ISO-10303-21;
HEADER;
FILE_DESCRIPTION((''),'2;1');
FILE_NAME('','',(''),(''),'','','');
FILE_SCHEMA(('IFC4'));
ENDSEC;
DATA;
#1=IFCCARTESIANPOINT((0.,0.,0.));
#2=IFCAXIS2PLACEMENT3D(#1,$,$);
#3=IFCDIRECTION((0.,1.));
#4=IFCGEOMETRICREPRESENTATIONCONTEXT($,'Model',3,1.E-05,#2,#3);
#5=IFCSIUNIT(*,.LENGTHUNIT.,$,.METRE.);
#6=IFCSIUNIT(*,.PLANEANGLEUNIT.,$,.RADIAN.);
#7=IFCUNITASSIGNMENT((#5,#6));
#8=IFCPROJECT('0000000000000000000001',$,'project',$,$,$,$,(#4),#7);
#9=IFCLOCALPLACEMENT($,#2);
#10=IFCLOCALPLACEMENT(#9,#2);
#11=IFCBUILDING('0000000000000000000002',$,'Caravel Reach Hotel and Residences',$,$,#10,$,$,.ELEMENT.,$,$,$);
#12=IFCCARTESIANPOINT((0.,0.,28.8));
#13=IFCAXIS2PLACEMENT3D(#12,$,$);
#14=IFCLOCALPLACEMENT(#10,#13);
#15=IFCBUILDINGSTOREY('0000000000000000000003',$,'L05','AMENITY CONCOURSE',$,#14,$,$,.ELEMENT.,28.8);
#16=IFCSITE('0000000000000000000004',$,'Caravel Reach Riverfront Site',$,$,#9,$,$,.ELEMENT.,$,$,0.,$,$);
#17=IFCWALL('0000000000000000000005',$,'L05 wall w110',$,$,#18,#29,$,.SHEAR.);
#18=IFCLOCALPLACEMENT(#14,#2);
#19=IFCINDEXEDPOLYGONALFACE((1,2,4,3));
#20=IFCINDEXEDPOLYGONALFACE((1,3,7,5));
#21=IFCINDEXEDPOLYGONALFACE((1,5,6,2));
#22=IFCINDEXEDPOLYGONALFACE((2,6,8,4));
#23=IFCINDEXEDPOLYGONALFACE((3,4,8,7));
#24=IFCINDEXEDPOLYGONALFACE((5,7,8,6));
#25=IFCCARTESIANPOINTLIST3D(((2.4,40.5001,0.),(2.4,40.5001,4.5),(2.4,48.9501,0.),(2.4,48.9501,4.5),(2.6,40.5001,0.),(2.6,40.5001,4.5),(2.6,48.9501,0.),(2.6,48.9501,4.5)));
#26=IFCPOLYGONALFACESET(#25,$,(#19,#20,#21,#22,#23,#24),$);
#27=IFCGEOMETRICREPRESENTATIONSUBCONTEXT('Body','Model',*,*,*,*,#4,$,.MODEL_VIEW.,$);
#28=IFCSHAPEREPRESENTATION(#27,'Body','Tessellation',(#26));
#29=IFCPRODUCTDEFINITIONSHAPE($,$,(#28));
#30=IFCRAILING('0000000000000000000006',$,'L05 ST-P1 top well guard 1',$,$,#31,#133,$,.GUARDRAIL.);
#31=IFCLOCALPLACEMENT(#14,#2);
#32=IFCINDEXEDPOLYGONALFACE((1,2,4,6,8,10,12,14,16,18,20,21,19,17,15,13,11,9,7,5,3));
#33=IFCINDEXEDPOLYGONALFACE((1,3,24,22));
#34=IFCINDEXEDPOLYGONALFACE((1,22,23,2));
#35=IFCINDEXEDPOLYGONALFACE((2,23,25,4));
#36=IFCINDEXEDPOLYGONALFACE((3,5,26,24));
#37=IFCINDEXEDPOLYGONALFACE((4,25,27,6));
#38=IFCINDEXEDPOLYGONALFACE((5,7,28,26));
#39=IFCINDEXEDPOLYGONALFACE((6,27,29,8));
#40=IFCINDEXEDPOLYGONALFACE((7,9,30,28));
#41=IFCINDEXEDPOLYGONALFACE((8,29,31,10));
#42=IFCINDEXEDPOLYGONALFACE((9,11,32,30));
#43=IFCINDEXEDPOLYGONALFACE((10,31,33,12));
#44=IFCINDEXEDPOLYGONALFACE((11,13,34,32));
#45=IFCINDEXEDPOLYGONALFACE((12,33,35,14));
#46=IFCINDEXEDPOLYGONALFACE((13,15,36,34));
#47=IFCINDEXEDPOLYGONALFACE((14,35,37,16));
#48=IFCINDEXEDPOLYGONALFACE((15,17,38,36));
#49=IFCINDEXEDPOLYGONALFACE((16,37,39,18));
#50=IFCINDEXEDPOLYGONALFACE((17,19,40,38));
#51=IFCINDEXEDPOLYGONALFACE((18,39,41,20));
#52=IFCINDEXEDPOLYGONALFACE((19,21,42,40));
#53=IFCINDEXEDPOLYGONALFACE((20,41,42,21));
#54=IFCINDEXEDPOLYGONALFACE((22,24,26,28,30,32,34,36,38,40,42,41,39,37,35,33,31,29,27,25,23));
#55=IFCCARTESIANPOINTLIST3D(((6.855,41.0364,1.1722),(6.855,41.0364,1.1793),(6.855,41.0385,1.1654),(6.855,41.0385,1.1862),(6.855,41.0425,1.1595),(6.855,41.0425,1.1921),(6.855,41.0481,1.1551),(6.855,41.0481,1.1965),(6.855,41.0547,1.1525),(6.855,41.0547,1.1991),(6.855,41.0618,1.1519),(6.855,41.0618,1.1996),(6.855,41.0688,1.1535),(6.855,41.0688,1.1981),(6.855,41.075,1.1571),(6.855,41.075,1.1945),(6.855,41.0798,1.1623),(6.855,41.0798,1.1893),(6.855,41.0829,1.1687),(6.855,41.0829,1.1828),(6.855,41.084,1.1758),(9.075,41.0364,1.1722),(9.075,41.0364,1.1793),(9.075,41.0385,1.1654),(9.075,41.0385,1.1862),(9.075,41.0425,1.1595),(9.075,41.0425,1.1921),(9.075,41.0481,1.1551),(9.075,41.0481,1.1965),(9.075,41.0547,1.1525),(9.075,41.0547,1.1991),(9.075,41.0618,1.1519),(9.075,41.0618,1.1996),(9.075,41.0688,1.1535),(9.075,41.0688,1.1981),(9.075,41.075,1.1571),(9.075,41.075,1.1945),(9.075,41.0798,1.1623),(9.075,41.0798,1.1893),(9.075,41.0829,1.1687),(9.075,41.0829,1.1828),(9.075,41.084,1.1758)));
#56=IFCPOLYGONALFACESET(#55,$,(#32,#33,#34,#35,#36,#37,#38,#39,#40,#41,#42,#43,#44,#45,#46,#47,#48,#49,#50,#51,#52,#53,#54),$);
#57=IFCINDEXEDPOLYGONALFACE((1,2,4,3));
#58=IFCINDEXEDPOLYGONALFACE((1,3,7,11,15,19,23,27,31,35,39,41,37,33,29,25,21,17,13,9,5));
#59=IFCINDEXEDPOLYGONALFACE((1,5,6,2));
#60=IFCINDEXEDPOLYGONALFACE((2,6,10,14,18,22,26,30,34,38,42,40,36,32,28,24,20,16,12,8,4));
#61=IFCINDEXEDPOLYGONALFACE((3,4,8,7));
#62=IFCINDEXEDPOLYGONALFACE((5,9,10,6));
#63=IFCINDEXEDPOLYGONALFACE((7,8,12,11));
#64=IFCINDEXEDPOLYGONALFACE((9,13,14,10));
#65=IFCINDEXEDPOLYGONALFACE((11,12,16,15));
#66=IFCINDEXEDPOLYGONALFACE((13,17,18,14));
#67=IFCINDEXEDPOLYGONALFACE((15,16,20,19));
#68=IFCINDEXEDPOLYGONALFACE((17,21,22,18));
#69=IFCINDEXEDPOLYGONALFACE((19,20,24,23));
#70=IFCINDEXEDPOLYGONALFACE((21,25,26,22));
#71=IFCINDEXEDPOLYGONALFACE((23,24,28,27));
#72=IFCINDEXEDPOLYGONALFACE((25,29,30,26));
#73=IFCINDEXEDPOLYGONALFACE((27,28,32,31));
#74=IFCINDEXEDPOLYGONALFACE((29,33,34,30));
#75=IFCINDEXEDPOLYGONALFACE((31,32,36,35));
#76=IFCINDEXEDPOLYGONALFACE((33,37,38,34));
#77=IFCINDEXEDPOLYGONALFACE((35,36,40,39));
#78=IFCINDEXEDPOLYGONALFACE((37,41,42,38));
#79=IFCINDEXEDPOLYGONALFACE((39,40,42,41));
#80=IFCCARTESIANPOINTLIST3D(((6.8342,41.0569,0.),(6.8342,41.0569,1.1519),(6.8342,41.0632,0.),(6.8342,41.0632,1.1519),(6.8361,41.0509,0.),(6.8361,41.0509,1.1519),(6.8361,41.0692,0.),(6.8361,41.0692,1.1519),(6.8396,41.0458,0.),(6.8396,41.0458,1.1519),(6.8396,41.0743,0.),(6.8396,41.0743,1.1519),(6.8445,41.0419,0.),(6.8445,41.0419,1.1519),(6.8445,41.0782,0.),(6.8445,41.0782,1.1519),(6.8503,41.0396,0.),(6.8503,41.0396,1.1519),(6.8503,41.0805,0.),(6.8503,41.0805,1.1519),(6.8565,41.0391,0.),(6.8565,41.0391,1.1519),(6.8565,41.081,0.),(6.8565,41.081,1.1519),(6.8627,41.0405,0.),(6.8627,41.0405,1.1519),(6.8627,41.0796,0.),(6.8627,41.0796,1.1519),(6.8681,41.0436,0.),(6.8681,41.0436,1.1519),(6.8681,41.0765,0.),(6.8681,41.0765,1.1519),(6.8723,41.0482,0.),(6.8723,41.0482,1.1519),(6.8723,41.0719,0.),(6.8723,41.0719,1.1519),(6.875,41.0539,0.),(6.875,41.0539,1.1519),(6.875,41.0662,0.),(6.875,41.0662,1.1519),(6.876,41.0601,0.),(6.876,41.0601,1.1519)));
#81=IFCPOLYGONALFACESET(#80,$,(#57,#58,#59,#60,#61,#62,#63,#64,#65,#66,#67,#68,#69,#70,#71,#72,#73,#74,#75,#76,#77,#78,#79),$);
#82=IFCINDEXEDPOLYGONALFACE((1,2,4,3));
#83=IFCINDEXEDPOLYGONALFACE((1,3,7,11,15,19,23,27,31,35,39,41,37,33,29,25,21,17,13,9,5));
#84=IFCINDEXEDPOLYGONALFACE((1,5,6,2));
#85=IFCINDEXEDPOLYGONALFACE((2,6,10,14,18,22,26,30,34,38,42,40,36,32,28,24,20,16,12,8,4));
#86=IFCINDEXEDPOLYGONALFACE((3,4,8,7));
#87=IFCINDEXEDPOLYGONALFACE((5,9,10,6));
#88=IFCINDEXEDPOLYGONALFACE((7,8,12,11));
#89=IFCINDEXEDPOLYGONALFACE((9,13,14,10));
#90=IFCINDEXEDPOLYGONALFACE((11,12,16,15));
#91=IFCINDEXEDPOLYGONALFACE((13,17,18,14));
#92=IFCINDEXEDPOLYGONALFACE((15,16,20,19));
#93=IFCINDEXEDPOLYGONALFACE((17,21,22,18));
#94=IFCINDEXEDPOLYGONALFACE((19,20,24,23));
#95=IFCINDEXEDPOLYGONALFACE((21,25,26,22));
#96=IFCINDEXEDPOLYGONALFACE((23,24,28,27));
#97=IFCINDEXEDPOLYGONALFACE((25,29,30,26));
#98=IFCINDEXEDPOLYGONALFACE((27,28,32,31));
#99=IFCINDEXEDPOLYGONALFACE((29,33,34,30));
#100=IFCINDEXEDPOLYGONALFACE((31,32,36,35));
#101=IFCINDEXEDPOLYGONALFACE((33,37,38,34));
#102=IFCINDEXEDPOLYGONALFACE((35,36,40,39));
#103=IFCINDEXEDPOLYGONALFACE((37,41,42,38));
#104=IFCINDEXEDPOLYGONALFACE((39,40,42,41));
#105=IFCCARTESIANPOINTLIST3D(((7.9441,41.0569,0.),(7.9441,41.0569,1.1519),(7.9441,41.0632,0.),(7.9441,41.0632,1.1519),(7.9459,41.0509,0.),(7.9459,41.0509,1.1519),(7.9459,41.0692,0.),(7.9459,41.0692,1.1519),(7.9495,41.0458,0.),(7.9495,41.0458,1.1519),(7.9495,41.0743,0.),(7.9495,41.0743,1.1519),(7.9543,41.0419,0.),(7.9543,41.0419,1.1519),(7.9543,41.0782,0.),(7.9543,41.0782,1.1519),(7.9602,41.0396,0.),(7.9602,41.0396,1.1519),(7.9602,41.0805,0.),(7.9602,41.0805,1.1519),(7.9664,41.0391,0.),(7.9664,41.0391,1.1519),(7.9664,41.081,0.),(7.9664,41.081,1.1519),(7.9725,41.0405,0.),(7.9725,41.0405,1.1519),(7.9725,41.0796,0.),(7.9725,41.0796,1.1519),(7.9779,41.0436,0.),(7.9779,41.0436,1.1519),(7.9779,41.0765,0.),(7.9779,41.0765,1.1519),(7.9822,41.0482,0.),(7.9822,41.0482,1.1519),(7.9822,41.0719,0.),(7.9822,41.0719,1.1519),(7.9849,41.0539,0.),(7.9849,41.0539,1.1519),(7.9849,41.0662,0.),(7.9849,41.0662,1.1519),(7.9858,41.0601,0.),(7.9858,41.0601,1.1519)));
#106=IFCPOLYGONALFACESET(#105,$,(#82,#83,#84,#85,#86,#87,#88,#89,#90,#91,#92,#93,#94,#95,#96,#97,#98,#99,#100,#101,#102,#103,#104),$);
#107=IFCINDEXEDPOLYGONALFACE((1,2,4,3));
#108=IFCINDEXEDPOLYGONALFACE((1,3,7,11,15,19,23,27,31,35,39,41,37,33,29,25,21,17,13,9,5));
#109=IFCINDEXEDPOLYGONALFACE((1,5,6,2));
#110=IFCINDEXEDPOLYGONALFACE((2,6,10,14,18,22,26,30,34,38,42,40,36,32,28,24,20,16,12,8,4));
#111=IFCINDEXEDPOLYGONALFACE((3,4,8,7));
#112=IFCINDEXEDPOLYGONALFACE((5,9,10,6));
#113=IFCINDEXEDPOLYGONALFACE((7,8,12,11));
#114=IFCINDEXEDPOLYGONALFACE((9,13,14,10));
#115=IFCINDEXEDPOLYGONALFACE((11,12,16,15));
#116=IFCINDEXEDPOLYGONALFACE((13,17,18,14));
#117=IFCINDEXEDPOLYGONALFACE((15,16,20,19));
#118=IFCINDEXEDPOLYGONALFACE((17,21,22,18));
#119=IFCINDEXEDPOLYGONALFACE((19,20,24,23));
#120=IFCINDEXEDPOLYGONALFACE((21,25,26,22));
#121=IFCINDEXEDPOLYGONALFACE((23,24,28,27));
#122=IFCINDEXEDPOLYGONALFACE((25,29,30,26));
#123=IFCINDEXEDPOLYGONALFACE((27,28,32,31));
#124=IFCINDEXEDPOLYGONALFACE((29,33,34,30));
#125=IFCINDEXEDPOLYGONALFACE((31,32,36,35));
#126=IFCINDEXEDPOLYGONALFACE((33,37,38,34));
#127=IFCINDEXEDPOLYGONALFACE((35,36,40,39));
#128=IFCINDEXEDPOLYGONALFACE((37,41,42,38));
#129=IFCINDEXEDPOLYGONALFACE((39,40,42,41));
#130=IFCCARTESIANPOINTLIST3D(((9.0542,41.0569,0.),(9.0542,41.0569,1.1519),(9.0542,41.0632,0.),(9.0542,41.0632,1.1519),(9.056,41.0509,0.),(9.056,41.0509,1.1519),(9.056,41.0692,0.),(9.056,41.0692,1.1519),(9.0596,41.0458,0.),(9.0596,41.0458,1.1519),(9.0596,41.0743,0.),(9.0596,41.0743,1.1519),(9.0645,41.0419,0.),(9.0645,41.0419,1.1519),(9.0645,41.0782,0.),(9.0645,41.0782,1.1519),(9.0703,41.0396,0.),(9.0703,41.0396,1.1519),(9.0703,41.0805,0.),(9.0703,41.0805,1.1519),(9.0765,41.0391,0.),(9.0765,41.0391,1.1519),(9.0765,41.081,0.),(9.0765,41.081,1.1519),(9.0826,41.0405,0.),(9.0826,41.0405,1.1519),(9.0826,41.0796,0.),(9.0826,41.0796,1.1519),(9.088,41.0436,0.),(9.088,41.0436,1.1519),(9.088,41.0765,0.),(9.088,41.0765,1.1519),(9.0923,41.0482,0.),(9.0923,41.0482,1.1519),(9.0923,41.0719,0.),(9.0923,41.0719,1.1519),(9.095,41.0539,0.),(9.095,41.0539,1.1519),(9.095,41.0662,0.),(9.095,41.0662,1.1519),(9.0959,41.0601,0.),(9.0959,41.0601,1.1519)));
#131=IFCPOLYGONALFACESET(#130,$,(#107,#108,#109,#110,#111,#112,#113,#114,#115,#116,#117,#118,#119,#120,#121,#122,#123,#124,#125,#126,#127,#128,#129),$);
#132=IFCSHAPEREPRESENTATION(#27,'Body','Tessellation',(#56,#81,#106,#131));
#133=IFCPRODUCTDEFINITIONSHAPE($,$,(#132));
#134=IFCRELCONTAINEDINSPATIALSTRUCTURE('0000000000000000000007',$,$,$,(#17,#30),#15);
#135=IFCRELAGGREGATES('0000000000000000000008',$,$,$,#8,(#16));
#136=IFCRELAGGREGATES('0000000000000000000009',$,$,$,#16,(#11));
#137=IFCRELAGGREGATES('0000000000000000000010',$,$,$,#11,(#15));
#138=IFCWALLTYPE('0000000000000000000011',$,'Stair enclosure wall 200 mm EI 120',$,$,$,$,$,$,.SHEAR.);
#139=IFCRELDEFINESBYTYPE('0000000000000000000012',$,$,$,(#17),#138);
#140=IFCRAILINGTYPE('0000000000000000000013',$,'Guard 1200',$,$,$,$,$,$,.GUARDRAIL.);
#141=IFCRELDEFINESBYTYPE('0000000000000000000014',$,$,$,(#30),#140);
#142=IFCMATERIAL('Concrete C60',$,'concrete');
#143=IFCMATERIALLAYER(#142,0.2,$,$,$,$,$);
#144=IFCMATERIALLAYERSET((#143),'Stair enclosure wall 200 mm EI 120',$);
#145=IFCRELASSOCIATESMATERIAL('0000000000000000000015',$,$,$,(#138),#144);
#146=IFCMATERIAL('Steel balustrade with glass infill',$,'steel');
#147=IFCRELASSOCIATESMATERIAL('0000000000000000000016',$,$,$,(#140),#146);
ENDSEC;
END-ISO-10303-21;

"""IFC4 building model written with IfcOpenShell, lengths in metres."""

from ifc_helpers import new_model, si_unit, direction, frame, frame_2d, origin, origin_2d, place, context, subcontext, project, spatial, rectangle, circle, extrude, material, layer, layer_set, type_object, element, save


model = new_model("IFC4")

# Units and contexts
model_context = context("Model", 3, precision=1e-05, world=origin(), true_north=direction((0.0, 1.0)))
body_context = subcontext(model_context, "Body", "Model", "MODEL_VIEW")
ifc_project = project(units=[si_unit("LENGTHUNIT", "METRE"), si_unit("PLANEANGLEUNIT", "RADIAN")], contexts=[model_context])

# Site, building, storey
site_placement = place(None, origin())
site = spatial("IfcSite", under=ifc_project, at=site_placement, Name="Caravel Reach Riverfront Site", CompositionType="ELEMENT", RefElevation=0.0)
building_placement = place(site_placement, origin())
building = spatial("IfcBuilding", under=site, at=building_placement, Name="Caravel Reach Hotel and Residences", CompositionType="ELEMENT")
storey_placement = place(building_placement, frame((0.0, 0.0, 28.8)))
storey = spatial("IfcBuildingStorey", under=building, at=storey_placement, Name="L05", Description="AMENITY CONCOURSE", CompositionType="ELEMENT", Elevation=28.8)

# Shared definitions
ifc_material_1 = material(Name="Concrete C60", Category="concrete")
ifc_layer_1 = layer(ifc_material_1, 0.2)
ifc_layer_set_1 = layer_set([ifc_layer_1], Name="Stair enclosure wall 200 mm EI 120")
wall_type_1 = type_object("IfcWallType", Name="Stair enclosure wall 200 mm EI 120", PredefinedType="SHEAR", material=ifc_layer_set_1)

# Wall
for number, where, z_axis, x_axis, name in (
    (1, (2.5, 40.5, 0.0), (0.0, 0.0, 1.0), (0.0, 1.0, 0.0), "L05 wall w110"),
):
    element("IfcWall", number, at=place(storey_placement, frame(where, z_axis=z_axis, x_axis=x_axis)), inside=storey, type_object=wall_type_1, Name=name, PredefinedType="SHEAR", context=body_context, shape_type="SweptSolid", body=[
        extrude(rectangle(XDim=8.45, YDim=0.2, at=frame_2d((4.2251, 0.0))), origin(), (0.0, 0.0, 1.0), 4.5),
    ])

# Railing
ifc_material_2 = material(Name="Steel balustrade with glass infill", Category="steel")
railing_type = type_object("IfcRailingType", Name="Guard 1200", PredefinedType="GUARDRAIL", material=ifc_material_2)
railing_1_placement = place(storey_placement, frame((6.855, 41.0601, 0.0)))
element("IfcRailing", 2, at=railing_1_placement, inside=storey, type_object=railing_type, Name="L05 ST-P1 top well guard 1", PredefinedType="GUARDRAIL", context=body_context, shape_type="SweptSolid", body=[
    extrude(circle(Radius=0.0239, at=origin_2d()), frame((0.0, 0.0, 1.1758), z_axis=(1.0, 0.0, 0.0), x_axis=(0.0, 1.0, 0.0)), (0.0, 0.0, 1.0), 2.22),
    extrude(circle(Radius=0.021, at=origin_2d()), origin(), (0.0, 0.0, 1.0), 1.1519),
    extrude(circle(Radius=0.021, at=origin_2d()), frame((1.1099, 0.0, 0.0)), (0.0, 0.0, 1.0), 1.1519),
    extrude(circle(Radius=0.021, at=origin_2d()), frame((2.22, 0.0, 0.0)), (0.0, 0.0, 1.0), 1.1519),
])

save(model, "model.ifc")
